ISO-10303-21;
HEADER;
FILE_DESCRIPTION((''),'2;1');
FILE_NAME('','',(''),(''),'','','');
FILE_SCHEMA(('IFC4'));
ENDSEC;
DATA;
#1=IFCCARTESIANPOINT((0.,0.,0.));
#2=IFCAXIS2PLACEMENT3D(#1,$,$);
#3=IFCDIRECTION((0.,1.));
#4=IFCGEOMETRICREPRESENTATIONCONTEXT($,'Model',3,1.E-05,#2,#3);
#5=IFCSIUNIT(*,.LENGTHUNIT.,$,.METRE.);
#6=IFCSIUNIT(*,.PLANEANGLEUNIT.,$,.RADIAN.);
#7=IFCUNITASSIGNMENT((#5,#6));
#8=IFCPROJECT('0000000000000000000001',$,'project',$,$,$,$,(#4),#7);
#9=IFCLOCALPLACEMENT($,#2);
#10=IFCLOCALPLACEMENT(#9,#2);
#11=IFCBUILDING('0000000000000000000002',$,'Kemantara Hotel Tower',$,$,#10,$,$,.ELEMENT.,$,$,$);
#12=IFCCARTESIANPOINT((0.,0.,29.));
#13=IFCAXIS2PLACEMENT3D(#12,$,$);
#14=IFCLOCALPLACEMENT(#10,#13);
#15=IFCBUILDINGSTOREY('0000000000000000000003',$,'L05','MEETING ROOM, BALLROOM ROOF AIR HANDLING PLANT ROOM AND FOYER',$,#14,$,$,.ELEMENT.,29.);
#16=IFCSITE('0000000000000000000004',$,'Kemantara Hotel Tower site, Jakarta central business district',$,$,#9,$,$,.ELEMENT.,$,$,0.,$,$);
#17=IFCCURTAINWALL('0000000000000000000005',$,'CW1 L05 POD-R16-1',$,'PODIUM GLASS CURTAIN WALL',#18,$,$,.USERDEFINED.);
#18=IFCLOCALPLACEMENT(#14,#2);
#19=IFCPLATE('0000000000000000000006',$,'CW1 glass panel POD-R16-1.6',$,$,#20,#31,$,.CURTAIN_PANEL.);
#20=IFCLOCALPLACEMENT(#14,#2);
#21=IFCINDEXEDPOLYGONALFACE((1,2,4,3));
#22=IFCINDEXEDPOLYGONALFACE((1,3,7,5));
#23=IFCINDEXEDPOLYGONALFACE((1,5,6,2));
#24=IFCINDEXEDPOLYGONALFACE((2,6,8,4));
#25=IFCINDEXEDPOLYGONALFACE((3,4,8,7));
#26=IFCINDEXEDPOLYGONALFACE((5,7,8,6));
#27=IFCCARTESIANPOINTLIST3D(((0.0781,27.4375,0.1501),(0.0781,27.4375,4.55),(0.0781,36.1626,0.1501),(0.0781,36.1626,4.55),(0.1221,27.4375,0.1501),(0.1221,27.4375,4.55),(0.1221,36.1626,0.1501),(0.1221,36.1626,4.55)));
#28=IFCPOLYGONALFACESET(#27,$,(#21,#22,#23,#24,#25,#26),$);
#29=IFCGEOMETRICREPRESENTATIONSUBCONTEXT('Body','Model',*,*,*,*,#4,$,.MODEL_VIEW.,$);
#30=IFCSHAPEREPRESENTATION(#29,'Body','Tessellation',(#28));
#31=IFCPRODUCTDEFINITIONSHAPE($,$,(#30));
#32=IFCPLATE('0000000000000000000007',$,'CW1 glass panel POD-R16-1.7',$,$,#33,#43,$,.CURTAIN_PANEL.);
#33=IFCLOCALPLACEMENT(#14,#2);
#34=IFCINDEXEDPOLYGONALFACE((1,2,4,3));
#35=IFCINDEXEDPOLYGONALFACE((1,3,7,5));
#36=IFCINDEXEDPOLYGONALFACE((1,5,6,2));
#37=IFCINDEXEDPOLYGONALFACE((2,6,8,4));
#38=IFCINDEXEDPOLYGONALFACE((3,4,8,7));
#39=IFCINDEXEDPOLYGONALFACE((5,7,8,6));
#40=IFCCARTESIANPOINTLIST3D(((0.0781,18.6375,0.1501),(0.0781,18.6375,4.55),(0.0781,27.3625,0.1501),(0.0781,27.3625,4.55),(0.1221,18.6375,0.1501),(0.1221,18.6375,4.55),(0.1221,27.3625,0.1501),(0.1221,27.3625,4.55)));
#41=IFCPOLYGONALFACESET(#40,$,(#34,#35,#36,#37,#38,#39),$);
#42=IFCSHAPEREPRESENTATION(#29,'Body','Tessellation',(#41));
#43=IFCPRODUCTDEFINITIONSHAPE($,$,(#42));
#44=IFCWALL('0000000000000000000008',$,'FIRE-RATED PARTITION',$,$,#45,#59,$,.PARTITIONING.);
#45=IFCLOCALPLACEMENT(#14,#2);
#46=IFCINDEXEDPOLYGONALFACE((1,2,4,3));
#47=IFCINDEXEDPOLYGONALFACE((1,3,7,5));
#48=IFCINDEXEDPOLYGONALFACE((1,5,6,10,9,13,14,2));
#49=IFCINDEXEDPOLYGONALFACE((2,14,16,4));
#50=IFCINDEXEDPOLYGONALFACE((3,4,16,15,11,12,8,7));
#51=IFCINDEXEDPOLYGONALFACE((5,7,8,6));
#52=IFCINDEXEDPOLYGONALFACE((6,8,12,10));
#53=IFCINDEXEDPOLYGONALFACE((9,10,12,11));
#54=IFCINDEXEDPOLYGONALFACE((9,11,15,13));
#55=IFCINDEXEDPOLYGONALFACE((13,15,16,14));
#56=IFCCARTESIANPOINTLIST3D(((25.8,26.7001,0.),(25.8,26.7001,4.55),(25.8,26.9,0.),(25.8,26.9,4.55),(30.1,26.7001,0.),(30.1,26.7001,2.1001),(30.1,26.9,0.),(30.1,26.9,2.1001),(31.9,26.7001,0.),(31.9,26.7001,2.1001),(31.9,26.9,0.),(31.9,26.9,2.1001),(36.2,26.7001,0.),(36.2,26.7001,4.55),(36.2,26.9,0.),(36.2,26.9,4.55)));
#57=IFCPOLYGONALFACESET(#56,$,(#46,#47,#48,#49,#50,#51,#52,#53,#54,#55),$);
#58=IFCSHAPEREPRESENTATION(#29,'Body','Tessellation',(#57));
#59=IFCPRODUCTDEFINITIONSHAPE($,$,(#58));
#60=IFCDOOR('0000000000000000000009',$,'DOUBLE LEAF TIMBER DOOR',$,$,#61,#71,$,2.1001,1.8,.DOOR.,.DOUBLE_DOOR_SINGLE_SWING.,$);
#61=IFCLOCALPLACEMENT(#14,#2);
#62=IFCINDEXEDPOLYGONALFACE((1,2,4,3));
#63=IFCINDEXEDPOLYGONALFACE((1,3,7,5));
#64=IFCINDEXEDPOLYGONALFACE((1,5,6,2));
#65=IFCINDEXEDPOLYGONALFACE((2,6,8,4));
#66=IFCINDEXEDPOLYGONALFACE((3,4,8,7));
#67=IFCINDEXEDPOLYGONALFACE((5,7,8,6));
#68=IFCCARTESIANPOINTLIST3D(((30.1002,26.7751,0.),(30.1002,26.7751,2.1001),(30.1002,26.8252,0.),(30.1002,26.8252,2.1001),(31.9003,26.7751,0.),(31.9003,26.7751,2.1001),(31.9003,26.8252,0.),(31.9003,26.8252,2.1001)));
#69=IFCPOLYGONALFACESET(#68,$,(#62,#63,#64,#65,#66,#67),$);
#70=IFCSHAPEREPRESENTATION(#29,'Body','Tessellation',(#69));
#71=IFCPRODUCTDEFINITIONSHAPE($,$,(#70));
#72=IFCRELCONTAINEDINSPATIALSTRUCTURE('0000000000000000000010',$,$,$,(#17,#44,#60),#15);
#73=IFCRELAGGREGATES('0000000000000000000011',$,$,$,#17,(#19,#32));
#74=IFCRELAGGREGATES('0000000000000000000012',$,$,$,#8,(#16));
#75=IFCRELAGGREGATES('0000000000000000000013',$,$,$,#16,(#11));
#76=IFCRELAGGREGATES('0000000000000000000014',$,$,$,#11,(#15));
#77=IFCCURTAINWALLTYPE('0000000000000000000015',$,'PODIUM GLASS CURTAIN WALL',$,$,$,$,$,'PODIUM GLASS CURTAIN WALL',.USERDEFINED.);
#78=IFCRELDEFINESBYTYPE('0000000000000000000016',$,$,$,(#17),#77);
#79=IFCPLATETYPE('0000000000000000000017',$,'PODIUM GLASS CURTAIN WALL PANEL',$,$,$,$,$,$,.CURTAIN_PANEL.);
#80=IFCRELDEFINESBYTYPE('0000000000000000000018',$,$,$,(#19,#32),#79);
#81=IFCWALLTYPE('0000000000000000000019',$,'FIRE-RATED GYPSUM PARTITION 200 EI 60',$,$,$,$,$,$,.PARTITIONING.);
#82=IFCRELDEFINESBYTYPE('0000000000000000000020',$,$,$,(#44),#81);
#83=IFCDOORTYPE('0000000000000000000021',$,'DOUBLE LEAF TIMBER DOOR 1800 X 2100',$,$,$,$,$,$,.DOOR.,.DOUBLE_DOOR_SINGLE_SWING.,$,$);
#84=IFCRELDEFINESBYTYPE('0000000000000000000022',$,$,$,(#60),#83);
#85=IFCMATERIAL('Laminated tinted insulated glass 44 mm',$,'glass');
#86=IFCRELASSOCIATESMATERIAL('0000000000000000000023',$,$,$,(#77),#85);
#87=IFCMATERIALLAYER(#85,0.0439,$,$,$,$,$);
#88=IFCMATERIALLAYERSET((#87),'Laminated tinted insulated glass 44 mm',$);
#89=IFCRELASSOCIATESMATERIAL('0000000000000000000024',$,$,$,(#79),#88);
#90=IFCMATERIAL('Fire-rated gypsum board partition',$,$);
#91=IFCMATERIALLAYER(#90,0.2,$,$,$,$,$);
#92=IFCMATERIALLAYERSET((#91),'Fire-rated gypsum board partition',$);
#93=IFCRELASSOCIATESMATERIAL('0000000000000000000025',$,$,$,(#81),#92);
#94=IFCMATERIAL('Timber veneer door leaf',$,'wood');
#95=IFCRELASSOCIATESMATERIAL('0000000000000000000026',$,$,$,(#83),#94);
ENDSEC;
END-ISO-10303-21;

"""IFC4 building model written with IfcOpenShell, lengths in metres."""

from ifc_helpers import new_model, si_unit, direction, frame, frame_2d, origin, origin_2d, place, context, subcontext, project, spatial, rectangle, extrude, source, transform, mapped, material, layer, layer_set, type_object, element, fill, aggregate, save


model = new_model("IFC4")

# Units and contexts
model_context = context("Model", 3, precision=1e-05, world=origin(), true_north=direction((0.0, 1.0)))
body_context = subcontext(model_context, "Body", "Model", "MODEL_VIEW")
ifc_project = project(units=[si_unit("LENGTHUNIT", "METRE"), si_unit("PLANEANGLEUNIT", "RADIAN")], contexts=[model_context])

# Site, building, storey
site_placement = place(None, origin())
site = spatial("IfcSite", under=ifc_project, at=site_placement, Name="Kemantara Hotel Tower site, Jakarta central business district", CompositionType="ELEMENT", RefElevation=0.0)
building_placement = place(site_placement, origin())
building = spatial("IfcBuilding", under=site, at=building_placement, Name="Kemantara Hotel Tower", CompositionType="ELEMENT")
storey_placement = place(building_placement, frame((0.0, 0.0, 29.0)))
storey = spatial("IfcBuildingStorey", under=building, at=storey_placement, Name="L05", Description="MEETING ROOM, BALLROOM ROOF AIR HANDLING PLANT ROOM AND FOYER", CompositionType="ELEMENT", Elevation=29.0)

# Curtain wall, plates
ifc_material_1 = material(Name="Laminated tinted insulated glass 44 mm", Category="glass")
curtain_wall_type = type_object("IfcCurtainWallType", Name="PODIUM GLASS CURTAIN WALL", ElementType="PODIUM GLASS CURTAIN WALL", PredefinedType="USERDEFINED", material=ifc_material_1)
curtain_wall_placement = place(storey_placement, origin())
curtain_wall = element("IfcCurtainWall", 1, at=curtain_wall_placement, inside=storey, type_object=curtain_wall_type, Name="CW1 L05 POD-R16-1", ObjectType="PODIUM GLASS CURTAIN WALL", PredefinedType="USERDEFINED")
ifc_layer_1 = layer(ifc_material_1, 0.0439)
ifc_layer_set_1 = layer_set([ifc_layer_1], Name="Laminated tinted insulated glass 44 mm")
plate_type = type_object("IfcPlateType", Name="PODIUM GLASS CURTAIN WALL PANEL", PredefinedType="CURTAIN_PANEL", material=ifc_layer_set_1)
shared_shape_1 = source(origin(), body_context, "Body", "SweptSolid", [
    extrude(rectangle(XDim=8.7251, YDim=0.0439, at=origin_2d()), origin(), (0.0, 0.0, 1.0), 4.3999),
])
plate_1_placement = place(storey_placement, frame((0.1001, 31.8, 0.1501), z_axis=(0.0, 0.0, 1.0), x_axis=(0.0, -1.0, 0.0)))
plate_1 = element("IfcPlate", 2, at=plate_1_placement, type_object=plate_type, Name="CW1 glass panel POD-R16-1.6", PredefinedType="CURTAIN_PANEL", context=body_context, shape_type="MappedRepresentation", body=[
    mapped(shared_shape_1, transform((0.0, 0.0, 0.0))),
])
plate_2_placement = place(storey_placement, frame((0.1001, 23.0, 0.1501), z_axis=(0.0, 0.0, 1.0), x_axis=(0.0, -1.0, 0.0)))
plate_2 = element("IfcPlate", 3, at=plate_2_placement, type_object=plate_type, Name="CW1 glass panel POD-R16-1.7", PredefinedType="CURTAIN_PANEL", context=body_context, shape_type="MappedRepresentation", body=[
    mapped(shared_shape_1, transform((0.0, 0.0, 0.0))),
])
aggregate(curtain_wall, [plate_1, plate_2])

# Wall, opening, door
ifc_material_2 = material(Name="Fire-rated gypsum board partition")
ifc_layer_2 = layer(ifc_material_2, 0.2)
ifc_layer_set_2 = layer_set([ifc_layer_2], Name="Fire-rated gypsum board partition")
wall_type_1 = type_object("IfcWallType", Name="FIRE-RATED GYPSUM PARTITION 200 EI 60", PredefinedType="PARTITIONING", material=ifc_layer_set_2)
wall_1_placement = place(storey_placement, frame((25.8, 26.8, 0.0), z_axis=(0.0, 0.0, 1.0), x_axis=(1.0, 0.0, 0.0)))
wall_1 = element("IfcWall", 4, at=wall_1_placement, inside=storey, type_object=wall_type_1, Name="FIRE-RATED PARTITION", PredefinedType="PARTITIONING", context=body_context, shape_type="SweptSolid", body=[
    extrude(rectangle(XDim=10.3999, YDim=0.2, at=frame_2d((5.2, 0.0))), origin(), (0.0, 0.0, 1.0), 4.55),
])
opening_1_placement = place(wall_1_placement, frame((4.3, 0.0, 0.0)))
opening_1 = element("IfcOpeningElement", 5, at=opening_1_placement, cuts=wall_1, PredefinedType="OPENING", context=body_context, shape_type="SweptSolid", body=[
    extrude(rectangle(XDim=1.8, YDim=2.1001, at=frame_2d((0.8999, 1.05))), frame((0.0, 0.1099, 0.0), z_axis=(0.0, -1.0, 0.0), x_axis=(1.0, 0.0, 0.0)), (0.0, 0.0, 1.0), 0.22),
])
ifc_material_3 = material(Name="Timber veneer door leaf", Category="wood")
door_type_1 = type_object("IfcDoorType", Name="DOUBLE LEAF TIMBER DOOR 1800 X 2100", OperationType="DOUBLE_DOOR_SINGLE_SWING", PredefinedType="DOOR", material=ifc_material_3)
door_1_placement = place(opening_1_placement, frame((1.8, 0.0, 0.0), z_axis=(0.0, 0.0, 1.0), x_axis=(-1.0, 0.0, 0.0)))
door_1 = element("IfcDoor", 6, at=door_1_placement, inside=storey, type_object=door_type_1, Name="DOUBLE LEAF TIMBER DOOR", OperationType="DOUBLE_DOOR_SINGLE_SWING", OverallHeight=2.1001, OverallWidth=1.8, PredefinedType="DOOR", context=body_context, shape_type="SweptSolid", body=[
    extrude(rectangle(XDim=1.8, YDim=2.1001, at=frame_2d((0.8999, 1.05))), frame((0.0, 0.0249, 0.0), z_axis=(0.0, -1.0, 0.0), x_axis=(1.0, 0.0, 0.0)), (0.0, 0.0, 1.0), 0.05),
])
fill(opening_1, door_1)

save(model, "model.ifc")
